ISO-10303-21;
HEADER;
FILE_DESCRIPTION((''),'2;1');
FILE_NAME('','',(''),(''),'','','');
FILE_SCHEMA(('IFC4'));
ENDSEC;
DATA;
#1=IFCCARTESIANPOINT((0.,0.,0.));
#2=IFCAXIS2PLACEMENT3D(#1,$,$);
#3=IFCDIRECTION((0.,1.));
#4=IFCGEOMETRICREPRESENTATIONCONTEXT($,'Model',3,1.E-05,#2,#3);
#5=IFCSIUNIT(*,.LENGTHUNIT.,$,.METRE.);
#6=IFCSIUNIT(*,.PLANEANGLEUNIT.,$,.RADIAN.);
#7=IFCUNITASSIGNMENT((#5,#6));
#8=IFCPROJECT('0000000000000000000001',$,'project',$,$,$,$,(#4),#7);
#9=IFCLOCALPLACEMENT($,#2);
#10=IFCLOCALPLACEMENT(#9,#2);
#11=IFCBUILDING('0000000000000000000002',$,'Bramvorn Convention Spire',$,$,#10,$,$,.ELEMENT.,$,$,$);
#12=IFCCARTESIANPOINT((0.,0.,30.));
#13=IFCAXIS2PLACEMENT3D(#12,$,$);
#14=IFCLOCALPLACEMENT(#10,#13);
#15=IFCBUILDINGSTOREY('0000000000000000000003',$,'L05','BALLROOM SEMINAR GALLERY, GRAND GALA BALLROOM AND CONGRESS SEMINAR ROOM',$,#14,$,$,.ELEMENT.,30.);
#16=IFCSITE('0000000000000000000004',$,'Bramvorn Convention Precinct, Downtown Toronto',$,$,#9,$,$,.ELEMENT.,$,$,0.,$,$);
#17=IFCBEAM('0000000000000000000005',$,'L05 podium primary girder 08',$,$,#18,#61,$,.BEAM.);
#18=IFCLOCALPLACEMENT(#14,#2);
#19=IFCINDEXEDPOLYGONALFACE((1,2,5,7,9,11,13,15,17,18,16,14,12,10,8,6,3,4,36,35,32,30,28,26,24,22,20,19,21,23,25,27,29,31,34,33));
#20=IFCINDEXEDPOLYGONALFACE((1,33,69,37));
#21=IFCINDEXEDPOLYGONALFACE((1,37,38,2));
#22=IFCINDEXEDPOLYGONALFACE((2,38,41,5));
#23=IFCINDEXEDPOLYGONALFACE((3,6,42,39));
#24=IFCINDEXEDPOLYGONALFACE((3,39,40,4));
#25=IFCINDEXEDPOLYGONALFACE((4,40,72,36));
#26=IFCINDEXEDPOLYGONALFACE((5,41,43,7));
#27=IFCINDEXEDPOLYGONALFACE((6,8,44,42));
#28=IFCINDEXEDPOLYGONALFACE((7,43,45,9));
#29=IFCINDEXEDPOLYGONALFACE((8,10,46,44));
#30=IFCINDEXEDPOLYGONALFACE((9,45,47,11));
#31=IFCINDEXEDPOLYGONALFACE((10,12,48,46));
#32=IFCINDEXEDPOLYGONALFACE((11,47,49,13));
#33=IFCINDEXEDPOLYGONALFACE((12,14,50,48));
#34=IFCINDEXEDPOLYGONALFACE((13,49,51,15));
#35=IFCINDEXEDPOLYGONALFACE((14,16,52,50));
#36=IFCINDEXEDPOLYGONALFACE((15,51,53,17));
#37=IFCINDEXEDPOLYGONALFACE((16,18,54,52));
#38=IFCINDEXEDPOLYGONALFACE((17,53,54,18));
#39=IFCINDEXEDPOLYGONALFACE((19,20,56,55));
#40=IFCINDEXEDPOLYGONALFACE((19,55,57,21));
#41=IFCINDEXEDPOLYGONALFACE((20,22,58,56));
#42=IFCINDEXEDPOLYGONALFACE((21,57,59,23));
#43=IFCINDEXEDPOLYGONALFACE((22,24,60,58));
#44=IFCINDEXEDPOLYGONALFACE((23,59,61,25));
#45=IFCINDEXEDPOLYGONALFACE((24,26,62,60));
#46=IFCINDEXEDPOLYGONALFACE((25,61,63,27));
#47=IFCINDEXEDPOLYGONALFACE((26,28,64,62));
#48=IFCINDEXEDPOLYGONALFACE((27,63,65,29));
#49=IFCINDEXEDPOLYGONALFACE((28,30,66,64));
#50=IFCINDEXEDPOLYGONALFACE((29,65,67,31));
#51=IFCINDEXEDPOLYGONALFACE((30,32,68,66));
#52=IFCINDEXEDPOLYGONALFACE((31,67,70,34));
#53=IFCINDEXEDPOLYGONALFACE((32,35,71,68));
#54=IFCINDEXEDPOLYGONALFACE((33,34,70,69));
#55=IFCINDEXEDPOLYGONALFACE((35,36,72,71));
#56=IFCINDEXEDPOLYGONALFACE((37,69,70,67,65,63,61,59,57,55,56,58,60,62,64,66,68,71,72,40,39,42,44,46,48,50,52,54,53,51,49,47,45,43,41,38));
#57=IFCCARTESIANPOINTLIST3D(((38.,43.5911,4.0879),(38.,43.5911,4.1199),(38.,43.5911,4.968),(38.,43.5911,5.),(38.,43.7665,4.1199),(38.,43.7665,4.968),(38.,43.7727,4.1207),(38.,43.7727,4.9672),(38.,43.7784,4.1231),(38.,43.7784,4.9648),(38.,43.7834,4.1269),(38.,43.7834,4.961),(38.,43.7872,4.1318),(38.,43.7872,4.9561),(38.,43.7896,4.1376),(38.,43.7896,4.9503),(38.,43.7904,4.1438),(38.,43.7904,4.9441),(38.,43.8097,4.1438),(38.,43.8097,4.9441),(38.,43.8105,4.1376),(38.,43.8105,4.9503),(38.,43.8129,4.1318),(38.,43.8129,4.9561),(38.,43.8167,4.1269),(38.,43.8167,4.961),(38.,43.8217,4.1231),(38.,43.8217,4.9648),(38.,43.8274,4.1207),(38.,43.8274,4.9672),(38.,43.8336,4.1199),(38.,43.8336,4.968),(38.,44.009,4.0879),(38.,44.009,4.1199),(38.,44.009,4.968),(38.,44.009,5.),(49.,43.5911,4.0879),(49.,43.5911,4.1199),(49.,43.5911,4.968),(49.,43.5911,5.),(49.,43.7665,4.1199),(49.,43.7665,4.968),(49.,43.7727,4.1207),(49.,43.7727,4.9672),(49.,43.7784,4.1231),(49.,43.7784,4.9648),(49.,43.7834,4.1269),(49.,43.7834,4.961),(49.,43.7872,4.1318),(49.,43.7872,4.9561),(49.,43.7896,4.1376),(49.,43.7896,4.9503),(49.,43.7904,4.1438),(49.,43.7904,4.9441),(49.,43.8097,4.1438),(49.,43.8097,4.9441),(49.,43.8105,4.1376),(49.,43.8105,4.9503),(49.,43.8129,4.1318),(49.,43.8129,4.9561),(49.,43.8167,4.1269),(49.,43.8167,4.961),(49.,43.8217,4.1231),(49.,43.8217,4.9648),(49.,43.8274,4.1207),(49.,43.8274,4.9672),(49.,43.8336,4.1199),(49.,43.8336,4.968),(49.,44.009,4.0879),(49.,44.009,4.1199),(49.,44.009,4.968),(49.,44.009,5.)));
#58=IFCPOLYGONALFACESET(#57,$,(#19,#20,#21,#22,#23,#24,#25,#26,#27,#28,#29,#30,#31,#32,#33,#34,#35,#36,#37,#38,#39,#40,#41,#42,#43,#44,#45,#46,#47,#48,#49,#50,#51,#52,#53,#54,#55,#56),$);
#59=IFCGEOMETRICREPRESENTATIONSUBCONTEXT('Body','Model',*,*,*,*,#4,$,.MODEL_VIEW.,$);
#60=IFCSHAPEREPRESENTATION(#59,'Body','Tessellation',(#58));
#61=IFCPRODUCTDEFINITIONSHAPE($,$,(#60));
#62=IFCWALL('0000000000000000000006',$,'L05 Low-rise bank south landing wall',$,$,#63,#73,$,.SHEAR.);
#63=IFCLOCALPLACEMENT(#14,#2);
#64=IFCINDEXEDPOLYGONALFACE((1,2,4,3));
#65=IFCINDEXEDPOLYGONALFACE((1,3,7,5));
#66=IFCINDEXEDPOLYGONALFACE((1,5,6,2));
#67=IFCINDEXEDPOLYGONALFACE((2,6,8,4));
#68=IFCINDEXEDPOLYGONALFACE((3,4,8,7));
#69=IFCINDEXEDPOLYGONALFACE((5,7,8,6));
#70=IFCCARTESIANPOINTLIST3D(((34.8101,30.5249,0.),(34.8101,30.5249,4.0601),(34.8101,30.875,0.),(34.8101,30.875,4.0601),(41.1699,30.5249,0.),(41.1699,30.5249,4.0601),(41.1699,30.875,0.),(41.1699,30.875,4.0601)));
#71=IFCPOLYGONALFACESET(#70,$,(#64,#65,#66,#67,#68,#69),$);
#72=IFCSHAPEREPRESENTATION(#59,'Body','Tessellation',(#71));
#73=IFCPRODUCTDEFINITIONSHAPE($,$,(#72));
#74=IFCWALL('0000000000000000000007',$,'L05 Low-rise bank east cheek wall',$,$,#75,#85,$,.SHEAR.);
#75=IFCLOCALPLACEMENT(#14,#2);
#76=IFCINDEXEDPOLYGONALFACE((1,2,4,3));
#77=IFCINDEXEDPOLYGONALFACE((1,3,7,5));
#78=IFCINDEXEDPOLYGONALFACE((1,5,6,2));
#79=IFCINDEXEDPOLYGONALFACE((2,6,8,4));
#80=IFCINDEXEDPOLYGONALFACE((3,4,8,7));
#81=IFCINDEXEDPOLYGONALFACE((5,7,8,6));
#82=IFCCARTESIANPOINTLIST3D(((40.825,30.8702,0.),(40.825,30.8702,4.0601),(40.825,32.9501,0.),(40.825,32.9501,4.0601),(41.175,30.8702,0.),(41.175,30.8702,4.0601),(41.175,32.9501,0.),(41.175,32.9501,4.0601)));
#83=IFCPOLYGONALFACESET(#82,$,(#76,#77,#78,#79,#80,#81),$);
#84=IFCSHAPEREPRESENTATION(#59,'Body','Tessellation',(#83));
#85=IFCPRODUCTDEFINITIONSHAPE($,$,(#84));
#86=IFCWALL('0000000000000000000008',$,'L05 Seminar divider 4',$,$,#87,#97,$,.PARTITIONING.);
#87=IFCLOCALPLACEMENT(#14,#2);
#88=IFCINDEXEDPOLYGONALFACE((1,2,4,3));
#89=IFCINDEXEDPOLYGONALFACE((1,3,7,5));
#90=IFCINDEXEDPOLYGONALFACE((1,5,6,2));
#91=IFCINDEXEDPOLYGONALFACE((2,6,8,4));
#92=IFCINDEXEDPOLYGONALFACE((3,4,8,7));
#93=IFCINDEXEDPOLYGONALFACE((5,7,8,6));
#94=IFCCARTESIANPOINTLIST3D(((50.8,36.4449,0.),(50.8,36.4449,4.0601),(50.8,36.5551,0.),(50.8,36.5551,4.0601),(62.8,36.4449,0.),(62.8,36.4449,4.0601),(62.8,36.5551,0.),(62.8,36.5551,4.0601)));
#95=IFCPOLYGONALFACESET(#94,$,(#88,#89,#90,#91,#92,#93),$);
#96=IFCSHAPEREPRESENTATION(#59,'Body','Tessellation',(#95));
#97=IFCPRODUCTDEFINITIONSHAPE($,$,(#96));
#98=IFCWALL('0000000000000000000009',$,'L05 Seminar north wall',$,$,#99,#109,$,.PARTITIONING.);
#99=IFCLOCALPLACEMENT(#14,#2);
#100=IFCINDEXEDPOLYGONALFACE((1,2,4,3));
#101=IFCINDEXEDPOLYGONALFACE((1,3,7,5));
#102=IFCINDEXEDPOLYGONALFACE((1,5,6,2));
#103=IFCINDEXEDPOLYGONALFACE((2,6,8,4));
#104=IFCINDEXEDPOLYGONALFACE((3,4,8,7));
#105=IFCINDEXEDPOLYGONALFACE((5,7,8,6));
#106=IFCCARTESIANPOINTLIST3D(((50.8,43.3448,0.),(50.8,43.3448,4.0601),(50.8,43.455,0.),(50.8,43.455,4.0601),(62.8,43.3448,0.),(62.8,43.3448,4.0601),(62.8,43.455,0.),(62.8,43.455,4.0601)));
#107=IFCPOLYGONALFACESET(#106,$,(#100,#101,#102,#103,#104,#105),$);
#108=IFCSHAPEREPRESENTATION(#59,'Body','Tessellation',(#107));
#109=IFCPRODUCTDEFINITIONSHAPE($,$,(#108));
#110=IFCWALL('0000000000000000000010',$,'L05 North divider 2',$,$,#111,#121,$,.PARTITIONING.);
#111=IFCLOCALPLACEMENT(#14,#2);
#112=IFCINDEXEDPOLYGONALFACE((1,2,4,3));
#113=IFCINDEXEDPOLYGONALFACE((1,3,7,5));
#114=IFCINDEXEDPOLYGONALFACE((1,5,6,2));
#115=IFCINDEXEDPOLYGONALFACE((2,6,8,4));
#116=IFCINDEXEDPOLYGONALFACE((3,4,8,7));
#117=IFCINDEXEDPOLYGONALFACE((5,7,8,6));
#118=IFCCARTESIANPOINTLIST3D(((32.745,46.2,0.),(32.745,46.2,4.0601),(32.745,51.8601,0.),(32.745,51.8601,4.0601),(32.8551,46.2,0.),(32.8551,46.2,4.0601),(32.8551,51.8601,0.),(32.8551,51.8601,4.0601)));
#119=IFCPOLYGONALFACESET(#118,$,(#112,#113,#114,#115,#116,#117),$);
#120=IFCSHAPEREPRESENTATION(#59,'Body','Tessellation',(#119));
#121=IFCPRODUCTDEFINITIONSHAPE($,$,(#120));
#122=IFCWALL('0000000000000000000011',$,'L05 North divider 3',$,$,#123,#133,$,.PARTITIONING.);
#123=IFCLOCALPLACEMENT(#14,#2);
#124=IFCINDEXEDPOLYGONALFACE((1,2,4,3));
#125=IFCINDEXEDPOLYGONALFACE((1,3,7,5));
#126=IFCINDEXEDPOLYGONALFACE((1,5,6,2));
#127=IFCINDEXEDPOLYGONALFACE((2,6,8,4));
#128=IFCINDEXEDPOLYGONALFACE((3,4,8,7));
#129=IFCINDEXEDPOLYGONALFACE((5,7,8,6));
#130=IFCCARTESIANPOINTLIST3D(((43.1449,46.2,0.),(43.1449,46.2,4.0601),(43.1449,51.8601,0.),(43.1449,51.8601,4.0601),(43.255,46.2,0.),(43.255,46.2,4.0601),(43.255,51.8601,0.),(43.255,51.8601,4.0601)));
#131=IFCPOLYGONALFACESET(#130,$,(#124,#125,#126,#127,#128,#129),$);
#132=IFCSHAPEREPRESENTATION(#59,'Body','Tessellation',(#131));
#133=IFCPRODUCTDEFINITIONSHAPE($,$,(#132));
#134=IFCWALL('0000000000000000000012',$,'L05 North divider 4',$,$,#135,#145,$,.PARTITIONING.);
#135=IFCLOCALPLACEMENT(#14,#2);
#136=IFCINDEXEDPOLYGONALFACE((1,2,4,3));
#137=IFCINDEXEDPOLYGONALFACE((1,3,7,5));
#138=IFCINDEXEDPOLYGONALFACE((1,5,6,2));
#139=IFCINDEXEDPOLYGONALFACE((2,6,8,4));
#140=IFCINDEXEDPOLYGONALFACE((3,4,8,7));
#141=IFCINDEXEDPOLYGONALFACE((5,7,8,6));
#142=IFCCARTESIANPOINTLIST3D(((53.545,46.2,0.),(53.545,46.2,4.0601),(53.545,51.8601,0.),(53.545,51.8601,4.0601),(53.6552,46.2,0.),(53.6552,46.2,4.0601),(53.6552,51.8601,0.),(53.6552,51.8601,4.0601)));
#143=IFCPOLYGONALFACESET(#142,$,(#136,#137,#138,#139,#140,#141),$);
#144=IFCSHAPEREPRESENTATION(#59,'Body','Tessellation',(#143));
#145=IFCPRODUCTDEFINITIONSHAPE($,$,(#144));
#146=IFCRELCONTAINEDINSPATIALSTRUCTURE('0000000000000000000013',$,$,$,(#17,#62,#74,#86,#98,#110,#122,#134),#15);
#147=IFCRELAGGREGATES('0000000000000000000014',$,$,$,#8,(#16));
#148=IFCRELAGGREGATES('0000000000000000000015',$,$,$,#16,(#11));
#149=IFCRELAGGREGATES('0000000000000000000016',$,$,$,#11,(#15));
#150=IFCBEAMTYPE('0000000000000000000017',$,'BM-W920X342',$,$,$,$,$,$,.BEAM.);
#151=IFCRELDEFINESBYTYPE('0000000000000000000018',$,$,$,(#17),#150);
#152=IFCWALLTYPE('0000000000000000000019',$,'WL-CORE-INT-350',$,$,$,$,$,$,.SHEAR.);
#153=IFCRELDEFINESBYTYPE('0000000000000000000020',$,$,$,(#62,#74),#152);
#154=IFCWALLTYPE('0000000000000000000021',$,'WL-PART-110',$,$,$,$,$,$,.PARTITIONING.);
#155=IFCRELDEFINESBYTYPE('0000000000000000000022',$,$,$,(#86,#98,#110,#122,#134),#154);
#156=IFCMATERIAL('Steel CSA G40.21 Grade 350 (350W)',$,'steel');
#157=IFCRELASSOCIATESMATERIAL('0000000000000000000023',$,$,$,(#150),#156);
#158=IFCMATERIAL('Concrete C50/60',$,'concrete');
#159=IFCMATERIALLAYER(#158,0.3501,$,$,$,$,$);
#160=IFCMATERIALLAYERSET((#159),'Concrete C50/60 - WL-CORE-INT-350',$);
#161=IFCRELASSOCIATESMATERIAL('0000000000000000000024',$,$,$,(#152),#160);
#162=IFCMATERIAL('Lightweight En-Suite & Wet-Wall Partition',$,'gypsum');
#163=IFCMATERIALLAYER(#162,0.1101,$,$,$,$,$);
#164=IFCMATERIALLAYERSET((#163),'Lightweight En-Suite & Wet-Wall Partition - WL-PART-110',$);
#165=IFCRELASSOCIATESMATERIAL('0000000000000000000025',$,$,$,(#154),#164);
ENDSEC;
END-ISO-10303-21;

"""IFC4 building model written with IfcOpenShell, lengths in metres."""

from ifc_helpers import new_model, si_unit, direction, frame, frame_2d, origin, origin_2d, place, context, subcontext, project, spatial, rectangle, i_section, extrude, material, layer, layer_set, material_profile, profile_set, type_object, element, save


model = new_model("IFC4")

# Units and contexts
model_context = context("Model", 3, precision=1e-05, world=origin(), true_north=direction((0.0, 1.0)))
body_context = subcontext(model_context, "Body", "Model", "MODEL_VIEW")
ifc_project = project(units=[si_unit("LENGTHUNIT", "METRE"), si_unit("PLANEANGLEUNIT", "RADIAN")], contexts=[model_context])

# Site, building, storey
site_placement = place(None, origin())
site = spatial("IfcSite", under=ifc_project, at=site_placement, Name="Bramvorn Convention Precinct, Downtown Toronto", CompositionType="ELEMENT", RefElevation=0.0)
building_placement = place(site_placement, origin())
building = spatial("IfcBuilding", under=site, at=building_placement, Name="Bramvorn Convention Spire", CompositionType="ELEMENT")
storey_placement = place(building_placement, frame((0.0, 0.0, 30.0)))
storey = spatial("IfcBuildingStorey", under=building, at=storey_placement, Name="L05", Description="BALLROOM SEMINAR GALLERY, GRAND GALA BALLROOM AND CONGRESS SEMINAR ROOM", CompositionType="ELEMENT", Elevation=30.0)

# Shared definitions
ifc_material_1 = material(Name="Steel CSA G40.21 Grade 350 (350W)", Category="steel")

# Beam
ifc_material_profile_1 = material_profile(ifc_material_1, i_section(OverallWidth=0.418, OverallDepth=0.9121, WebThickness=0.0193, FlangeThickness=0.032, FilletRadius=0.0239, at=origin_2d()))
ifc_profile_set_1 = profile_set([ifc_material_profile_1], Name="Steel CSA G40.21 Grade 350 (350W) - W920X342")
beam_type_1 = type_object("IfcBeamType", Name="BM-W920X342", PredefinedType="BEAM", material=ifc_profile_set_1)
beam_1_placement = place(storey_placement, frame((38.0, 43.8, 4.5439), z_axis=(1.0, 0.0, 0.0), x_axis=(0.0, 1.0, 0.0)))
element("IfcBeam", 1, at=beam_1_placement, inside=storey, type_object=beam_type_1, Name="L05 podium primary girder 08", PredefinedType="BEAM", context=body_context, shape_type="SweptSolid", body=[
    extrude(i_section(OverallWidth=0.418, OverallDepth=0.9121, WebThickness=0.0193, FlangeThickness=0.032, FilletRadius=0.0239, at=origin_2d()), origin(), (0.0, 0.0, 1.0), 11.0),
])

# Shared definitions
ifc_material_2 = material(Name="Concrete C50/60", Category="concrete")
ifc_layer_1 = layer(ifc_material_2, 0.3501)
ifc_layer_set_1 = layer_set([ifc_layer_1], Name="Concrete C50/60 - WL-CORE-INT-350")
wall_type_1 = type_object("IfcWallType", Name="WL-CORE-INT-350", PredefinedType="SHEAR", material=ifc_layer_set_1)

# Walls
wall_1_placement = place(storey_placement, frame((34.8101, 30.7, 0.0), z_axis=(0.0, 0.0, 1.0), x_axis=(1.0, 0.0, 0.0)))
element("IfcWall", 2, at=wall_1_placement, inside=storey, type_object=wall_type_1, Name="L05 Low-rise bank south landing wall", PredefinedType="SHEAR", context=body_context, shape_type="SweptSolid", body=[
    extrude(rectangle(XDim=6.3599, YDim=0.3501, at=frame_2d((3.1799, 0.0))), origin(), (0.0, 0.0, 1.0), 4.0601),
])
wall_2_placement = place(storey_placement, frame((41.0, 30.8701, 0.0), z_axis=(0.0, 0.0, 1.0), x_axis=(0.0, 1.0, 0.0)))
element("IfcWall", 3, at=wall_2_placement, inside=storey, type_object=wall_type_1, Name="L05 Low-rise bank east cheek wall", PredefinedType="SHEAR", context=body_context, shape_type="SweptSolid", body=[
    extrude(rectangle(XDim=2.0798, YDim=0.3501, at=frame_2d((1.04, 0.0))), origin(), (0.0, 0.0, 1.0), 4.0601),
])
ifc_material_3 = material(Name="Lightweight En-Suite & Wet-Wall Partition", Category="gypsum")
ifc_layer_2 = layer(ifc_material_3, 0.1101)
ifc_layer_set_2 = layer_set([ifc_layer_2], Name="Lightweight En-Suite & Wet-Wall Partition - WL-PART-110")
wall_type_2 = type_object("IfcWallType", Name="WL-PART-110", PredefinedType="PARTITIONING", material=ifc_layer_set_2)
for number, where, z_axis, x_axis, name in (
    (4, (50.8, 36.5, 0.0), (0.0, 0.0, 1.0), (1.0, 0.0, 0.0), "L05 Seminar divider 4"),
    (5, (50.8, 43.3999, 0.0), (0.0, 0.0, 1.0), (1.0, 0.0, 0.0), "L05 Seminar north wall"),
):
    element("IfcWall", number, at=place(storey_placement, frame(where, z_axis=z_axis, x_axis=x_axis)), inside=storey, type_object=wall_type_2, Name=name, PredefinedType="PARTITIONING", context=body_context, shape_type="SweptSolid", body=[
        extrude(rectangle(XDim=12.0, YDim=0.1101, at=frame_2d((6.0, 0.0))), origin(), (0.0, 0.0, 1.0), 4.0601),
    ])
for number, where, z_axis, x_axis, name in (
    (6, (32.8, 46.2, 0.0), (0.0, 0.0, 1.0), (0.0, 1.0, 0.0), "L05 North divider 2"),
    (7, (43.2, 46.2, 0.0), (0.0, 0.0, 1.0), (0.0, 1.0, 0.0), "L05 North divider 3"),
    (8, (53.6001, 46.2, 0.0), (0.0, 0.0, 1.0), (0.0, 1.0, 0.0), "L05 North divider 4"),
):
    element("IfcWall", number, at=place(storey_placement, frame(where, z_axis=z_axis, x_axis=x_axis)), inside=storey, type_object=wall_type_2, Name=name, PredefinedType="PARTITIONING", context=body_context, shape_type="SweptSolid", body=[
        extrude(rectangle(XDim=5.6602, YDim=0.1101, at=frame_2d((2.8301, 0.0))), origin(), (0.0, 0.0, 1.0), 4.0601),
    ])

save(model, "model.ifc")
